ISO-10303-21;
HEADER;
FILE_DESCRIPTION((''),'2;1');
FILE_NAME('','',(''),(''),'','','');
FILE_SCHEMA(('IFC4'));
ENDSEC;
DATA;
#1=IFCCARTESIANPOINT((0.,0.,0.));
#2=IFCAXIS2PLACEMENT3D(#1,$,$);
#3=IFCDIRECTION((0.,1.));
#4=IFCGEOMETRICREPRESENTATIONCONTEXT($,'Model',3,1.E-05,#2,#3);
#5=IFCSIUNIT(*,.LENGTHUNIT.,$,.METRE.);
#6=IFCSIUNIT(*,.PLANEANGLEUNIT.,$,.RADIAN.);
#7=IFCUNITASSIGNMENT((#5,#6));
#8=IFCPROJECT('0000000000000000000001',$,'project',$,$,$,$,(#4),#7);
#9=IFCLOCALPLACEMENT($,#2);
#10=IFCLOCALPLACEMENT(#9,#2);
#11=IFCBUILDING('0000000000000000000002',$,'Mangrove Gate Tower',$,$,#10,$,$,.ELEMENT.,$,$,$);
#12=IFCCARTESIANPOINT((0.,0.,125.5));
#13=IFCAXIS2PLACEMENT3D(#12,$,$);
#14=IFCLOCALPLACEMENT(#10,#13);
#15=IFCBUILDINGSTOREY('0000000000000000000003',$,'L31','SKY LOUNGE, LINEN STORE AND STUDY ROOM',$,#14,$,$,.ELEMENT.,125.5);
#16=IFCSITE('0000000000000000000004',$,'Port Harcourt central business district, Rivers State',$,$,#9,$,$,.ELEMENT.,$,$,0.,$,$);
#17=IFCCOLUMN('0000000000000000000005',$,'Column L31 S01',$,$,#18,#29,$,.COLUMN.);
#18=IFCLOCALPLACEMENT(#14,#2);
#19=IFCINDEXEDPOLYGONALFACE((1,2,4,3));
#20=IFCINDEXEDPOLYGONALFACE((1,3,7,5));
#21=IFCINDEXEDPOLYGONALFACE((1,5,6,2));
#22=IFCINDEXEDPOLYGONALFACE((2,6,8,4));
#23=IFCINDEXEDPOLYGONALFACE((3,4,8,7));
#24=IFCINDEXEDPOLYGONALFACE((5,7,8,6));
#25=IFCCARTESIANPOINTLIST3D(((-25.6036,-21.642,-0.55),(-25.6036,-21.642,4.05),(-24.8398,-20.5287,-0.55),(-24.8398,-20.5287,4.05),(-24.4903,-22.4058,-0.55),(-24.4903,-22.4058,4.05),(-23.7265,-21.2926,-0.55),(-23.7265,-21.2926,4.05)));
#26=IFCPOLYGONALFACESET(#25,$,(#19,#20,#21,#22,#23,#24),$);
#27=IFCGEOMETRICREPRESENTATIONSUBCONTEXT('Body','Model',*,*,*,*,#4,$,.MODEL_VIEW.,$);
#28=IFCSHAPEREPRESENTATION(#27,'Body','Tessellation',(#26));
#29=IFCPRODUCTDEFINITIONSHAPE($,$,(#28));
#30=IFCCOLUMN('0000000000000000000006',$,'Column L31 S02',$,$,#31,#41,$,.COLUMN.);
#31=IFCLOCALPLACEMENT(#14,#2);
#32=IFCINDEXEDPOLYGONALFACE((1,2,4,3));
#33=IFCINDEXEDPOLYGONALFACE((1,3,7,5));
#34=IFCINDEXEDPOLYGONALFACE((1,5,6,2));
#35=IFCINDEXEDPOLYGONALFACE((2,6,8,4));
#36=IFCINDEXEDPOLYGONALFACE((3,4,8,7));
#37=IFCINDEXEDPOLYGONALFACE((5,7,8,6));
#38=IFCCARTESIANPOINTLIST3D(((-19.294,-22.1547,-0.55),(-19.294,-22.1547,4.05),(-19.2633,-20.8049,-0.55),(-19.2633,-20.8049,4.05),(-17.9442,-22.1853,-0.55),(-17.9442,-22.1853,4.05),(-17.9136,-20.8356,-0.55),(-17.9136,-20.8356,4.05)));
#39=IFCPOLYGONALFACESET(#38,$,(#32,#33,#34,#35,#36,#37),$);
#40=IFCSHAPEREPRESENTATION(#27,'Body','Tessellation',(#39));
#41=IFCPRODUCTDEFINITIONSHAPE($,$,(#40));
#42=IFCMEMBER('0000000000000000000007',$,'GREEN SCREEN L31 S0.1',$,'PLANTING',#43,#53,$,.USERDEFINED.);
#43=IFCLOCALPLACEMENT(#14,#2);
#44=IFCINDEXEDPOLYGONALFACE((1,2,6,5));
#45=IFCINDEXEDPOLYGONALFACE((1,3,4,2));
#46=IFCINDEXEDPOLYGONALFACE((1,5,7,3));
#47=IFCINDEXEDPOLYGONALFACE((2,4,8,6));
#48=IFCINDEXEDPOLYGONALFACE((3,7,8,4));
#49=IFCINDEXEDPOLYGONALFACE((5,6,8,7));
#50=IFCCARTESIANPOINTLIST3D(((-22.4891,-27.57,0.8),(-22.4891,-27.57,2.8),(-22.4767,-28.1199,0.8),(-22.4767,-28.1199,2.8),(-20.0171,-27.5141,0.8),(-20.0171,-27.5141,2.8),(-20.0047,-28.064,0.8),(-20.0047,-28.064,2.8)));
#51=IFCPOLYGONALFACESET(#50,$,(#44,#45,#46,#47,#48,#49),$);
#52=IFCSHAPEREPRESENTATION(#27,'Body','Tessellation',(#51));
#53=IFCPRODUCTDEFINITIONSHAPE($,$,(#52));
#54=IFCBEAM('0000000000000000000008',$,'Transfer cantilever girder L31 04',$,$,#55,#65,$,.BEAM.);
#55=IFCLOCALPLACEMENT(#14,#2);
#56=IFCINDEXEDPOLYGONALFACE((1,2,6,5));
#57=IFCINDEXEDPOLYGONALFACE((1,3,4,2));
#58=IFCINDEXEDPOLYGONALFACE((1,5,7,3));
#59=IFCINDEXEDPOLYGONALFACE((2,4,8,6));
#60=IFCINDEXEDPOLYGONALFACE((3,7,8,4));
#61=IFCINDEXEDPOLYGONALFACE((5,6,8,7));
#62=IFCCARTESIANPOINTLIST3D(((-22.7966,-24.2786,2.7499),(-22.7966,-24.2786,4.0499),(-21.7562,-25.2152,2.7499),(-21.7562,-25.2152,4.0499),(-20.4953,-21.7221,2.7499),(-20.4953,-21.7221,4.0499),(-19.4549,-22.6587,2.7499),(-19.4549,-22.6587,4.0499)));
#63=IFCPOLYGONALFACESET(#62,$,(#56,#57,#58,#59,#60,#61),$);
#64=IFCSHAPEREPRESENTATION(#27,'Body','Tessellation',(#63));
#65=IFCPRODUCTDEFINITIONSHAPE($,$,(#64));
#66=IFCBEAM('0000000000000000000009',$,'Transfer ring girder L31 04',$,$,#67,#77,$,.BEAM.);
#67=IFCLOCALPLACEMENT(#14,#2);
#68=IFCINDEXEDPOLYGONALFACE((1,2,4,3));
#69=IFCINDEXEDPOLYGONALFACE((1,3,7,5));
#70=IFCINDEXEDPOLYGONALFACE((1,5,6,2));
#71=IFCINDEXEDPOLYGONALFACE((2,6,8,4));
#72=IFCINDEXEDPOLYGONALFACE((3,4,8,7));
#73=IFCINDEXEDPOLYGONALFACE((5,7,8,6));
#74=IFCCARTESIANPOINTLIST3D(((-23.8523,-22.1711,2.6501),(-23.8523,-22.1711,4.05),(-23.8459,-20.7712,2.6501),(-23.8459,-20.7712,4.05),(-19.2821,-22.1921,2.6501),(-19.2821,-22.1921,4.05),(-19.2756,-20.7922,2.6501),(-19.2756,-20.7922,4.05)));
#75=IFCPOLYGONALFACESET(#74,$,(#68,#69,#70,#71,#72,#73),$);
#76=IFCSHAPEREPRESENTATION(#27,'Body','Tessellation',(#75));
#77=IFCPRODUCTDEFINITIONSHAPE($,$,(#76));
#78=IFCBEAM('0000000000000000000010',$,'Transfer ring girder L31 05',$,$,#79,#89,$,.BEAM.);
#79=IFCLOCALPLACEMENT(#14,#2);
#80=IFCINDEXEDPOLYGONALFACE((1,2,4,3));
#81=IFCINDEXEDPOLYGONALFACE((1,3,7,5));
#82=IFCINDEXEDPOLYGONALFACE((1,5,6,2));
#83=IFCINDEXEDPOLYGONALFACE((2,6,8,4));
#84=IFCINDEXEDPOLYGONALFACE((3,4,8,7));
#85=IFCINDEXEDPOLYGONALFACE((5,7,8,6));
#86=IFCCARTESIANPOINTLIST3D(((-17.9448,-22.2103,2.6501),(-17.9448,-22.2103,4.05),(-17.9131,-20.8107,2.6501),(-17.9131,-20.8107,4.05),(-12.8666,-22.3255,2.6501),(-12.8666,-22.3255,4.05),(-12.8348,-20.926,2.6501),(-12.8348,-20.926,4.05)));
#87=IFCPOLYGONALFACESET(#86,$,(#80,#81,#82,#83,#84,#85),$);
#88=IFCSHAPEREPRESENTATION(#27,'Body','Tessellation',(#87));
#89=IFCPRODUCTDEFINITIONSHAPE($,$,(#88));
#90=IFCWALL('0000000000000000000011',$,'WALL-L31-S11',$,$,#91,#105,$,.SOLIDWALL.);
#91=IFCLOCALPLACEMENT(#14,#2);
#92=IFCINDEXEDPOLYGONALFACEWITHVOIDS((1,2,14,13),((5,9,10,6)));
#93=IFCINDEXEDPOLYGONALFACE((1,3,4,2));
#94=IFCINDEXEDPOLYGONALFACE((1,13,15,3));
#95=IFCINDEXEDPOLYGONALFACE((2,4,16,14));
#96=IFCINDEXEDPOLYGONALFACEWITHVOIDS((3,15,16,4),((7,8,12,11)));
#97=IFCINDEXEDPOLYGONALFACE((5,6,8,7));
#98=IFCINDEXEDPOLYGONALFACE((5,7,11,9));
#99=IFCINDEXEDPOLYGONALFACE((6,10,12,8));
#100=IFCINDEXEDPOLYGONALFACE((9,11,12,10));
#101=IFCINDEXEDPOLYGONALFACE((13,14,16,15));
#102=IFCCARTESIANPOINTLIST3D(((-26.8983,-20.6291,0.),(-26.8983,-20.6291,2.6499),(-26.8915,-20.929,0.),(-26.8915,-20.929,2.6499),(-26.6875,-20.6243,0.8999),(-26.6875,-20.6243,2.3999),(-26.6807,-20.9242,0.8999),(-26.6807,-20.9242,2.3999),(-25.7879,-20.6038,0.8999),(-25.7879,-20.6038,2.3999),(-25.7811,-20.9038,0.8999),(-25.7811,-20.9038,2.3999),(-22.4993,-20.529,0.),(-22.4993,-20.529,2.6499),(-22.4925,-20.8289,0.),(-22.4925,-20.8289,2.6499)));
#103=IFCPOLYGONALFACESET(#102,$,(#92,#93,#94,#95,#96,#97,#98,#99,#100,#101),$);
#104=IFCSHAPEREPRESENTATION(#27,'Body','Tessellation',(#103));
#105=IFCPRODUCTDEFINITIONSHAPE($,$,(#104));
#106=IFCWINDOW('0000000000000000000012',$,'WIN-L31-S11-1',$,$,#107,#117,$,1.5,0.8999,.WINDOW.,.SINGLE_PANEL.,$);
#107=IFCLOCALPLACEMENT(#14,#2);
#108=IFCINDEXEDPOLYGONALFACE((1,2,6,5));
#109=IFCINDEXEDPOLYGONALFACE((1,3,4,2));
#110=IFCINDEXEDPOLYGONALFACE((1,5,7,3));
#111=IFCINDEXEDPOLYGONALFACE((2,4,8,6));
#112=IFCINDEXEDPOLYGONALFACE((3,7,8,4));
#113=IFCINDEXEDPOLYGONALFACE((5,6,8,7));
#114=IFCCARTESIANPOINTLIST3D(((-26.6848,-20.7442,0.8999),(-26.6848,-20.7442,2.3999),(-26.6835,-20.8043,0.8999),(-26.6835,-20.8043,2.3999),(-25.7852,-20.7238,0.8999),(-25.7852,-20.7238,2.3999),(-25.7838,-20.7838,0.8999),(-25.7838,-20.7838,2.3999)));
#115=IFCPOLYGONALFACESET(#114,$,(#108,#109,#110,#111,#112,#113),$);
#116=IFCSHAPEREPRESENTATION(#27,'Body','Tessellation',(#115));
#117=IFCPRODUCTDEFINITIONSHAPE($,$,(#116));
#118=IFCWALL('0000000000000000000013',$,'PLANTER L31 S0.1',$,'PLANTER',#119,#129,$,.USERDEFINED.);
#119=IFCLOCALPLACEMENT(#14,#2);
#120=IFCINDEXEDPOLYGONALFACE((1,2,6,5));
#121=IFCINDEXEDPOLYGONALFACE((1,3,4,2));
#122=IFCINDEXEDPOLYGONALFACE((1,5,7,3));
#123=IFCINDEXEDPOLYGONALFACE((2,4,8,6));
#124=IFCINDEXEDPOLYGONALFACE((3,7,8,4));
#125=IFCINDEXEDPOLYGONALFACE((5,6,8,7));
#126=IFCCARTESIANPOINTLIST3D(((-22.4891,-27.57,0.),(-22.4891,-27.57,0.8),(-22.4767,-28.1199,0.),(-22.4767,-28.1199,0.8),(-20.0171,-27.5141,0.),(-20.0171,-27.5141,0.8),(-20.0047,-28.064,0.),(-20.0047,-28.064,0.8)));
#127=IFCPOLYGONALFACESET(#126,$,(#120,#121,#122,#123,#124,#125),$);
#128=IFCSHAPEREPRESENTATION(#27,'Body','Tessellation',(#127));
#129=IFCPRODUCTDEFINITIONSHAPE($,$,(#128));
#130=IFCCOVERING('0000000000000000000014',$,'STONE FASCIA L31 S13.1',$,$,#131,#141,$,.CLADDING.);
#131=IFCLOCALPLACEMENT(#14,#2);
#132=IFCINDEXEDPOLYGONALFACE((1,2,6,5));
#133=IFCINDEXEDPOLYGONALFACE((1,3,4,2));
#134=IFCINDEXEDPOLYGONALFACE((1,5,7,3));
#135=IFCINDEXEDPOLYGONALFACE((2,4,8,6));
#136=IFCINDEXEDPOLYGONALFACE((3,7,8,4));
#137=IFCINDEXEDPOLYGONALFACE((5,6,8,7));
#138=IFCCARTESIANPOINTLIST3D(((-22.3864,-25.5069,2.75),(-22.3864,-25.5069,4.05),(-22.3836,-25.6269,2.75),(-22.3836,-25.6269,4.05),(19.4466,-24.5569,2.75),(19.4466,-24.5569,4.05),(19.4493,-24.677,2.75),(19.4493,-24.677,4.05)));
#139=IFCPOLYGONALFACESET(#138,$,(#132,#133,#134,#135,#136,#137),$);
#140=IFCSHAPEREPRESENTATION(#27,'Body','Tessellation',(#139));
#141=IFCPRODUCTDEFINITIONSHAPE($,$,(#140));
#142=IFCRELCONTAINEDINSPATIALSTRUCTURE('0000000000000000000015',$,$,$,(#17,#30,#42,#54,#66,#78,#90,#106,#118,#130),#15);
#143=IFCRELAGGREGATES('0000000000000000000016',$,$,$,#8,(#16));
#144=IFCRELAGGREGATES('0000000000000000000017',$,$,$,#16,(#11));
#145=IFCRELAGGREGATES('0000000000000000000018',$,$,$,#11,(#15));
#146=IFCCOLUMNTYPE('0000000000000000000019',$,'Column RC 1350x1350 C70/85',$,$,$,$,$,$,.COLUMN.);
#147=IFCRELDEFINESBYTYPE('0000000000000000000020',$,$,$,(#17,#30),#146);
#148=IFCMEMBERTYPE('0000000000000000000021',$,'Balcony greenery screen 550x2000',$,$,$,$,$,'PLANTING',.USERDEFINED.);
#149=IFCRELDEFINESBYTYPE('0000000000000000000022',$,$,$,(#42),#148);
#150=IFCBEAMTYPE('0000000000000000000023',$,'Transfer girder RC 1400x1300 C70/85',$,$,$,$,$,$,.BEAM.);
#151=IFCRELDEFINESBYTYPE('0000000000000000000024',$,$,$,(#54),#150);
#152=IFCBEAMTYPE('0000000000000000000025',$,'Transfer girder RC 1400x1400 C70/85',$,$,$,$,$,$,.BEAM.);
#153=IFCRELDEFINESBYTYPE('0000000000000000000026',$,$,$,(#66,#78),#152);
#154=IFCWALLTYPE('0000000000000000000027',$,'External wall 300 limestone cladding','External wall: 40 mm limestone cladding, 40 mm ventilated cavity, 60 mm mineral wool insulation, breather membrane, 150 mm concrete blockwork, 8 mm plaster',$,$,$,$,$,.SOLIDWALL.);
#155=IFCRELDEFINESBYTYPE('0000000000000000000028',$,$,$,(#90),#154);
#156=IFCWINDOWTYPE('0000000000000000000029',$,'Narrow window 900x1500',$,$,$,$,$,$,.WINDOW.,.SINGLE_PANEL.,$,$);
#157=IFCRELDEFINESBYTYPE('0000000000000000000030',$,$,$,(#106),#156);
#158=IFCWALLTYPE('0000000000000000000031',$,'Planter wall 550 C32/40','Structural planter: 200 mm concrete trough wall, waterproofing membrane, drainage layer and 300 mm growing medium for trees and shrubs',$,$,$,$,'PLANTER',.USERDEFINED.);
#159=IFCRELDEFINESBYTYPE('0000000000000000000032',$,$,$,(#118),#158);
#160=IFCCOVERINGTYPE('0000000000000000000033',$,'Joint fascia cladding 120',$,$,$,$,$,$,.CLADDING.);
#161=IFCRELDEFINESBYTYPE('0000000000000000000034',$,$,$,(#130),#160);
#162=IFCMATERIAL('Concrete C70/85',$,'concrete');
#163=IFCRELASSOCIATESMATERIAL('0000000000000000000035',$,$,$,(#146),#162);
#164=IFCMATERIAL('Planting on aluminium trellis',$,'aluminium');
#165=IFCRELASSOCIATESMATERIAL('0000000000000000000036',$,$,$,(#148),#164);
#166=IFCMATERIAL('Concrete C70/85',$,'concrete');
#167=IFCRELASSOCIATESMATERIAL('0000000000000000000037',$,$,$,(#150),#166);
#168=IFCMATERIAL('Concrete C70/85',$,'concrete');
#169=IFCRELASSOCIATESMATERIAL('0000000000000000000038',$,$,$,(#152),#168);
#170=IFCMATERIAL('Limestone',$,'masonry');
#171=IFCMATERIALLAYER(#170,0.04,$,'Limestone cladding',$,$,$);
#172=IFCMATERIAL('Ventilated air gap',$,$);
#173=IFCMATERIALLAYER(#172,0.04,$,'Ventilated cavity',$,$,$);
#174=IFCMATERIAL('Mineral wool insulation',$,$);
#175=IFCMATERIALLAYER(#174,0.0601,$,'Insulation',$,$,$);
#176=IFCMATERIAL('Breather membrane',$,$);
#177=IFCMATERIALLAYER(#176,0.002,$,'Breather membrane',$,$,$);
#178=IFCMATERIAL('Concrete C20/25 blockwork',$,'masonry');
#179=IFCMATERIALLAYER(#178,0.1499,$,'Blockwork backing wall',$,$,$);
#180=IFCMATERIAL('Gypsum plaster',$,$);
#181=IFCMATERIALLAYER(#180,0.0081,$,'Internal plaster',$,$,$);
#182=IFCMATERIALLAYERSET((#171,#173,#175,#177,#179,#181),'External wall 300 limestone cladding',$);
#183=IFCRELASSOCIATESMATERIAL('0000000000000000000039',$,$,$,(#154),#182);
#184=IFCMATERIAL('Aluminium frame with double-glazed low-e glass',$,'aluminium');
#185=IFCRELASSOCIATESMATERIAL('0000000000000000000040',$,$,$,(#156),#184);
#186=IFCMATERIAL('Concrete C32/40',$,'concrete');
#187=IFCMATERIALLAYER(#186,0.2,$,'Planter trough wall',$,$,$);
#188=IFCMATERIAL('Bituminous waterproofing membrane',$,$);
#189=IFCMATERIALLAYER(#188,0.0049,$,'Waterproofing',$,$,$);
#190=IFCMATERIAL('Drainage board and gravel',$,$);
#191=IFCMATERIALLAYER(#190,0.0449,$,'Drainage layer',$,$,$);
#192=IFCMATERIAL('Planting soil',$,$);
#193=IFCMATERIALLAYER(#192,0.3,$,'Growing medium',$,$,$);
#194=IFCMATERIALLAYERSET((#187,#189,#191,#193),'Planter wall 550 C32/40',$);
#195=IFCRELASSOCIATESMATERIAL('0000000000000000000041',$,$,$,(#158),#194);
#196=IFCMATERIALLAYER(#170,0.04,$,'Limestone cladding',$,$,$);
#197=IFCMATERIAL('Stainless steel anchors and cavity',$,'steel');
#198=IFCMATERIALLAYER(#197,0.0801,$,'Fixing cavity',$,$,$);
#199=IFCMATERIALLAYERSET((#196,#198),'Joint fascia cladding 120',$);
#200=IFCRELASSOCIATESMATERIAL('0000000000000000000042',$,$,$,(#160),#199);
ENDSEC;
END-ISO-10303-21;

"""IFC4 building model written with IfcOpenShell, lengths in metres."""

from ifc_helpers import new_model, si_unit, direction, frame, frame_2d, origin, origin_2d, place, context, subcontext, project, spatial, rectangle, extrude, material, layer, layer_set, material_profile, profile_set, type_object, element, fill, save


model = new_model("IFC4")

# Units and contexts
model_context = context("Model", 3, precision=1e-05, world=origin(), true_north=direction((0.0, 1.0)))
body_context = subcontext(model_context, "Body", "Model", "MODEL_VIEW")
ifc_project = project(units=[si_unit("LENGTHUNIT", "METRE"), si_unit("PLANEANGLEUNIT", "RADIAN")], contexts=[model_context])

# Site, building, storey
site_placement = place(None, origin())
site = spatial("IfcSite", under=ifc_project, at=site_placement, Name="Port Harcourt central business district, Rivers State", CompositionType="ELEMENT", RefElevation=0.0)
building_placement = place(site_placement, origin())
building = spatial("IfcBuilding", under=site, at=building_placement, Name="Mangrove Gate Tower", CompositionType="ELEMENT")
storey_placement = place(building_placement, frame((0.0, 0.0, 125.5)))
storey = spatial("IfcBuildingStorey", under=building, at=storey_placement, Name="L31", Description="SKY LOUNGE, LINEN STORE AND STUDY ROOM", CompositionType="ELEMENT", Elevation=125.5)

# Columns
ifc_material_1 = material(Name="Concrete C70/85", Category="concrete")
ifc_material_profile_1 = material_profile(ifc_material_1, rectangle(XDim=1.3501, YDim=1.3501, at=origin_2d()))
ifc_profile_set_1 = profile_set([ifc_material_profile_1], Name="Concrete C70/85")
column_type = type_object("IfcColumnType", Name="Column RC 1350x1350 C70/85", PredefinedType="COLUMN", material=ifc_profile_set_1)
for number, where, z_axis, x_axis, name in (
    (1, (-24.665, -21.4673, -0.55), (0.0, 0.0, 1.0), (0.824585, -0.565738, 0.0), "Column L31 S01"),
    (2, (-18.6038, -21.4951, -0.55), (0.0, 0.0, 1.0), (0.999742, -0.022707, 0.0), "Column L31 S02"),
):
    element("IfcColumn", number, at=place(storey_placement, frame(where, z_axis=z_axis, x_axis=x_axis)), inside=storey, type_object=column_type, Name=name, PredefinedType="COLUMN", context=body_context, shape_type="SweptSolid", body=[
        extrude(rectangle(XDim=1.3501, YDim=1.3501, at=origin_2d()), origin(), (0.0, 0.0, 1.0), 4.6001),
    ])

# Member
ifc_material_2 = material(Name="Planting on aluminium trellis", Category="aluminium")
ifc_material_profile_2 = material_profile(ifc_material_2, rectangle(XDim=0.55, YDim=2.0, at=origin_2d()))
ifc_profile_set_2 = profile_set([ifc_material_profile_2], Name="Planting on aluminium trellis")
member_type = type_object("IfcMemberType", Name="Balcony greenery screen 550x2000", ElementType="PLANTING", PredefinedType="USERDEFINED", material=ifc_profile_set_2)
member_placement = place(storey_placement, frame((-22.4829, -27.845, 1.8), z_axis=(0.999744, 0.022612, 0.0), x_axis=(-0.022612, 0.999744, 0.0)))
element("IfcMember", 3, at=member_placement, inside=storey, type_object=member_type, Name="GREEN SCREEN L31 S0.1", ObjectType="PLANTING", PredefinedType="USERDEFINED", context=body_context, shape_type="SweptSolid", body=[
    extrude(rectangle(XDim=0.55, YDim=2.0, at=origin_2d()), origin(), (0.0, 0.0, 1.0), 2.4727),
])

# Beams
ifc_material_3 = material(Name="Concrete C70/85", Category="concrete")
ifc_material_profile_3 = material_profile(ifc_material_3, rectangle(XDim=1.3999, YDim=1.3, at=origin_2d()))
ifc_profile_set_3 = profile_set([ifc_material_profile_3], Name="Concrete C70/85")
beam_type_1 = type_object("IfcBeamType", Name="Transfer girder RC 1400x1300 C70/85", PredefinedType="BEAM", material=ifc_profile_set_3)
beam_1_placement = place(storey_placement, frame((-19.9751, -22.1904, 3.3999), z_axis=(-0.669047, -0.74322, 0.0), x_axis=(0.74322, -0.669047, 0.0)))
element("IfcBeam", 4, at=beam_1_placement, inside=storey, type_object=beam_type_1, Name="Transfer cantilever girder L31 04", PredefinedType="BEAM", context=body_context, shape_type="SweptSolid", body=[
    extrude(rectangle(XDim=1.3999, YDim=1.3, at=origin_2d()), origin(), (0.0, 0.0, 1.0), 3.4397),
])
ifc_material_4 = material(Name="Concrete C70/85", Category="concrete")
ifc_material_profile_4 = material_profile(ifc_material_4, rectangle(XDim=1.3999, YDim=1.3999, at=origin_2d()))
ifc_profile_set_4 = profile_set([ifc_material_profile_4], Name="Concrete C70/85")
beam_type_2 = type_object("IfcBeamType", Name="Transfer girder RC 1400x1400 C70/85", PredefinedType="BEAM", material=ifc_profile_set_4)
beam_2_placement = place(storey_placement, frame((-23.8491, -21.4712, 3.3501), z_axis=(0.999989, -0.004594, 0.0), x_axis=(0.004594, 0.999989, 0.0)))
element("IfcBeam", 5, at=beam_2_placement, inside=storey, type_object=beam_type_2, Name="Transfer ring girder L31 04", PredefinedType="BEAM", context=body_context, shape_type="SweptSolid", body=[
    extrude(rectangle(XDim=1.3999, YDim=1.3999, at=origin_2d()), origin(), (0.0, 0.0, 1.0), 4.5703),
])
beam_3_placement = place(storey_placement, frame((-17.929, -21.5105, 3.3501), z_axis=(0.999743, -0.022685, 0.0), x_axis=(0.022685, 0.999743, 0.0)))
element("IfcBeam", 6, at=beam_3_placement, inside=storey, type_object=beam_type_2, Name="Transfer ring girder L31 05", PredefinedType="BEAM", context=body_context, shape_type="SweptSolid", body=[
    extrude(rectangle(XDim=1.3999, YDim=1.3999, at=origin_2d()), origin(), (0.0, 0.0, 1.0), 5.0796),
])

# Wall, opening, window
ifc_material_5 = material(Name="Limestone", Category="masonry")
ifc_layer_1 = layer(ifc_material_5, 0.04, Name="Limestone cladding")
ifc_material_6 = material(Name="Ventilated air gap")
ifc_layer_2 = layer(ifc_material_6, 0.04, Name="Ventilated cavity")
ifc_material_7 = material(Name="Mineral wool insulation")
ifc_layer_3 = layer(ifc_material_7, 0.0601, Name="Insulation")
ifc_material_8 = material(Name="Breather membrane")
ifc_layer_4 = layer(ifc_material_8, 0.002, Name="Breather membrane")
ifc_material_9 = material(Name="Concrete C20/25 blockwork", Category="masonry")
ifc_layer_5 = layer(ifc_material_9, 0.1499, Name="Blockwork backing wall")
ifc_material_10 = material(Name="Gypsum plaster")
ifc_layer_6 = layer(ifc_material_10, 0.0081, Name="Internal plaster")
ifc_layer_set_1 = layer_set([ifc_layer_1, ifc_layer_2, ifc_layer_3, ifc_layer_4, ifc_layer_5, ifc_layer_6], Name="External wall 300 limestone cladding")
wall_type_1 = type_object("IfcWallType", Name="External wall 300 limestone cladding", Description="External wall: 40 mm limestone cladding, 40 mm ventilated cavity, 60 mm mineral wool insulation, breather membrane, 150 mm concrete blockwork, 8 mm plaster", PredefinedType="SOLIDWALL", material=ifc_layer_set_1)
wall_1_placement = place(storey_placement, frame((-26.895, -20.7791, 0.0), z_axis=(0.0, 0.0, 1.0), x_axis=(0.999741, 0.022749, 0.0)))
wall_1 = element("IfcWall", 7, at=wall_1_placement, inside=storey, type_object=wall_type_1, Name="WALL-L31-S11", PredefinedType="SOLIDWALL", context=body_context, shape_type="SweptSolid", body=[
    extrude(rectangle(XDim=4.4001, YDim=0.3, at=frame_2d((2.2002, 0.0))), origin(), (0.0, 0.0, 1.0), 2.6499),
])
opening_1_placement = place(wall_1_placement, frame((0.2109, 0.0, 0.8999)))
opening_1 = element("IfcOpeningElement", 8, at=opening_1_placement, cuts=wall_1, PredefinedType="OPENING", context=body_context, shape_type="SweptSolid", body=[
    extrude(rectangle(XDim=0.8999, YDim=1.5, at=frame_2d((0.45, 0.75))), frame((0.0, 0.1599, 0.0), z_axis=(0.0, -1.0, 0.0), x_axis=(1.0, 0.0, 0.0)), (0.0, 0.0, 1.0), 0.3201),
])
ifc_material_11 = material(Name="Aluminium frame with double-glazed low-e glass", Category="aluminium")
window_type_1 = type_object("IfcWindowType", Name="Narrow window 900x1500", PartitioningType="SINGLE_PANEL", PredefinedType="WINDOW", material=ifc_material_11)
window_1_placement = place(opening_1_placement, origin())
window_1 = element("IfcWindow", 9, at=window_1_placement, inside=storey, type_object=window_type_1, Name="WIN-L31-S11-1", OverallHeight=1.5, OverallWidth=0.8999, PartitioningType="SINGLE_PANEL", PredefinedType="WINDOW", context=body_context, shape_type="SweptSolid", body=[
    extrude(rectangle(XDim=0.8999, YDim=1.5, at=frame_2d((0.45, 0.75))), frame((0.0, 0.03, 0.0), z_axis=(0.0, -1.0, 0.0), x_axis=(1.0, 0.0, 0.0)), (0.0, 0.0, 1.0), 0.0601),
])
fill(opening_1, window_1)

# Wall
ifc_material_12 = material(Name="Concrete C32/40", Category="concrete")
ifc_layer_7 = layer(ifc_material_12, 0.2, Name="Planter trough wall")
ifc_material_13 = material(Name="Bituminous waterproofing membrane")
ifc_layer_8 = layer(ifc_material_13, 0.0049, Name="Waterproofing")
ifc_material_14 = material(Name="Drainage board and gravel")
ifc_layer_9 = layer(ifc_material_14, 0.0449, Name="Drainage layer")
ifc_material_15 = material(Name="Planting soil")
ifc_layer_10 = layer(ifc_material_15, 0.3, Name="Growing medium")
ifc_layer_set_2 = layer_set([ifc_layer_7, ifc_layer_8, ifc_layer_9, ifc_layer_10], Name="Planter wall 550 C32/40")
wall_type_2 = type_object("IfcWallType", Name="Planter wall 550 C32/40", Description="Structural planter: 200 mm concrete trough wall, waterproofing membrane, drainage layer and 300 mm growing medium for trees and shrubs", ElementType="PLANTER", PredefinedType="USERDEFINED", material=ifc_layer_set_2)
wall_2_placement = place(storey_placement, frame((-22.4829, -27.845, 0.0), z_axis=(0.0, 0.0, 1.0), x_axis=(0.999744, 0.022612, 0.0)))
element("IfcWall", 10, at=wall_2_placement, inside=storey, type_object=wall_type_2, Name="PLANTER L31 S0.1", ObjectType="PLANTER", PredefinedType="USERDEFINED", context=body_context, shape_type="SweptSolid", body=[
    extrude(rectangle(XDim=2.4727, YDim=0.55, at=frame_2d((1.2363, 0.0))), origin(), (0.0, 0.0, 1.0), 0.8),
])

# Covering
ifc_layer_11 = layer(ifc_material_5, 0.04, Name="Limestone cladding")
ifc_material_16 = material(Name="Stainless steel anchors and cavity", Category="steel")
ifc_layer_12 = layer(ifc_material_16, 0.0801, Name="Fixing cavity")
ifc_layer_set_3 = layer_set([ifc_layer_11, ifc_layer_12], Name="Joint fascia cladding 120")
covering_type = type_object("IfcCoveringType", Name="Joint fascia cladding 120", PredefinedType="CLADDING", material=ifc_layer_set_3)
covering_placement = place(storey_placement, frame((-22.385, -25.5669, 2.75), z_axis=(0.0, 0.0, 1.0), x_axis=(0.999742, 0.022702, 0.0)))
element("IfcCovering", 11, at=covering_placement, inside=storey, type_object=covering_type, Name="STONE FASCIA L31 S13.1", PredefinedType="CLADDING", context=body_context, shape_type="SweptSolid", body=[
    extrude(rectangle(XDim=41.8438, YDim=0.1201, at=frame_2d((20.9219, 0.0))), origin(), (0.0, 0.0, 1.0), 1.3),
])

save(model, "model.ifc")
